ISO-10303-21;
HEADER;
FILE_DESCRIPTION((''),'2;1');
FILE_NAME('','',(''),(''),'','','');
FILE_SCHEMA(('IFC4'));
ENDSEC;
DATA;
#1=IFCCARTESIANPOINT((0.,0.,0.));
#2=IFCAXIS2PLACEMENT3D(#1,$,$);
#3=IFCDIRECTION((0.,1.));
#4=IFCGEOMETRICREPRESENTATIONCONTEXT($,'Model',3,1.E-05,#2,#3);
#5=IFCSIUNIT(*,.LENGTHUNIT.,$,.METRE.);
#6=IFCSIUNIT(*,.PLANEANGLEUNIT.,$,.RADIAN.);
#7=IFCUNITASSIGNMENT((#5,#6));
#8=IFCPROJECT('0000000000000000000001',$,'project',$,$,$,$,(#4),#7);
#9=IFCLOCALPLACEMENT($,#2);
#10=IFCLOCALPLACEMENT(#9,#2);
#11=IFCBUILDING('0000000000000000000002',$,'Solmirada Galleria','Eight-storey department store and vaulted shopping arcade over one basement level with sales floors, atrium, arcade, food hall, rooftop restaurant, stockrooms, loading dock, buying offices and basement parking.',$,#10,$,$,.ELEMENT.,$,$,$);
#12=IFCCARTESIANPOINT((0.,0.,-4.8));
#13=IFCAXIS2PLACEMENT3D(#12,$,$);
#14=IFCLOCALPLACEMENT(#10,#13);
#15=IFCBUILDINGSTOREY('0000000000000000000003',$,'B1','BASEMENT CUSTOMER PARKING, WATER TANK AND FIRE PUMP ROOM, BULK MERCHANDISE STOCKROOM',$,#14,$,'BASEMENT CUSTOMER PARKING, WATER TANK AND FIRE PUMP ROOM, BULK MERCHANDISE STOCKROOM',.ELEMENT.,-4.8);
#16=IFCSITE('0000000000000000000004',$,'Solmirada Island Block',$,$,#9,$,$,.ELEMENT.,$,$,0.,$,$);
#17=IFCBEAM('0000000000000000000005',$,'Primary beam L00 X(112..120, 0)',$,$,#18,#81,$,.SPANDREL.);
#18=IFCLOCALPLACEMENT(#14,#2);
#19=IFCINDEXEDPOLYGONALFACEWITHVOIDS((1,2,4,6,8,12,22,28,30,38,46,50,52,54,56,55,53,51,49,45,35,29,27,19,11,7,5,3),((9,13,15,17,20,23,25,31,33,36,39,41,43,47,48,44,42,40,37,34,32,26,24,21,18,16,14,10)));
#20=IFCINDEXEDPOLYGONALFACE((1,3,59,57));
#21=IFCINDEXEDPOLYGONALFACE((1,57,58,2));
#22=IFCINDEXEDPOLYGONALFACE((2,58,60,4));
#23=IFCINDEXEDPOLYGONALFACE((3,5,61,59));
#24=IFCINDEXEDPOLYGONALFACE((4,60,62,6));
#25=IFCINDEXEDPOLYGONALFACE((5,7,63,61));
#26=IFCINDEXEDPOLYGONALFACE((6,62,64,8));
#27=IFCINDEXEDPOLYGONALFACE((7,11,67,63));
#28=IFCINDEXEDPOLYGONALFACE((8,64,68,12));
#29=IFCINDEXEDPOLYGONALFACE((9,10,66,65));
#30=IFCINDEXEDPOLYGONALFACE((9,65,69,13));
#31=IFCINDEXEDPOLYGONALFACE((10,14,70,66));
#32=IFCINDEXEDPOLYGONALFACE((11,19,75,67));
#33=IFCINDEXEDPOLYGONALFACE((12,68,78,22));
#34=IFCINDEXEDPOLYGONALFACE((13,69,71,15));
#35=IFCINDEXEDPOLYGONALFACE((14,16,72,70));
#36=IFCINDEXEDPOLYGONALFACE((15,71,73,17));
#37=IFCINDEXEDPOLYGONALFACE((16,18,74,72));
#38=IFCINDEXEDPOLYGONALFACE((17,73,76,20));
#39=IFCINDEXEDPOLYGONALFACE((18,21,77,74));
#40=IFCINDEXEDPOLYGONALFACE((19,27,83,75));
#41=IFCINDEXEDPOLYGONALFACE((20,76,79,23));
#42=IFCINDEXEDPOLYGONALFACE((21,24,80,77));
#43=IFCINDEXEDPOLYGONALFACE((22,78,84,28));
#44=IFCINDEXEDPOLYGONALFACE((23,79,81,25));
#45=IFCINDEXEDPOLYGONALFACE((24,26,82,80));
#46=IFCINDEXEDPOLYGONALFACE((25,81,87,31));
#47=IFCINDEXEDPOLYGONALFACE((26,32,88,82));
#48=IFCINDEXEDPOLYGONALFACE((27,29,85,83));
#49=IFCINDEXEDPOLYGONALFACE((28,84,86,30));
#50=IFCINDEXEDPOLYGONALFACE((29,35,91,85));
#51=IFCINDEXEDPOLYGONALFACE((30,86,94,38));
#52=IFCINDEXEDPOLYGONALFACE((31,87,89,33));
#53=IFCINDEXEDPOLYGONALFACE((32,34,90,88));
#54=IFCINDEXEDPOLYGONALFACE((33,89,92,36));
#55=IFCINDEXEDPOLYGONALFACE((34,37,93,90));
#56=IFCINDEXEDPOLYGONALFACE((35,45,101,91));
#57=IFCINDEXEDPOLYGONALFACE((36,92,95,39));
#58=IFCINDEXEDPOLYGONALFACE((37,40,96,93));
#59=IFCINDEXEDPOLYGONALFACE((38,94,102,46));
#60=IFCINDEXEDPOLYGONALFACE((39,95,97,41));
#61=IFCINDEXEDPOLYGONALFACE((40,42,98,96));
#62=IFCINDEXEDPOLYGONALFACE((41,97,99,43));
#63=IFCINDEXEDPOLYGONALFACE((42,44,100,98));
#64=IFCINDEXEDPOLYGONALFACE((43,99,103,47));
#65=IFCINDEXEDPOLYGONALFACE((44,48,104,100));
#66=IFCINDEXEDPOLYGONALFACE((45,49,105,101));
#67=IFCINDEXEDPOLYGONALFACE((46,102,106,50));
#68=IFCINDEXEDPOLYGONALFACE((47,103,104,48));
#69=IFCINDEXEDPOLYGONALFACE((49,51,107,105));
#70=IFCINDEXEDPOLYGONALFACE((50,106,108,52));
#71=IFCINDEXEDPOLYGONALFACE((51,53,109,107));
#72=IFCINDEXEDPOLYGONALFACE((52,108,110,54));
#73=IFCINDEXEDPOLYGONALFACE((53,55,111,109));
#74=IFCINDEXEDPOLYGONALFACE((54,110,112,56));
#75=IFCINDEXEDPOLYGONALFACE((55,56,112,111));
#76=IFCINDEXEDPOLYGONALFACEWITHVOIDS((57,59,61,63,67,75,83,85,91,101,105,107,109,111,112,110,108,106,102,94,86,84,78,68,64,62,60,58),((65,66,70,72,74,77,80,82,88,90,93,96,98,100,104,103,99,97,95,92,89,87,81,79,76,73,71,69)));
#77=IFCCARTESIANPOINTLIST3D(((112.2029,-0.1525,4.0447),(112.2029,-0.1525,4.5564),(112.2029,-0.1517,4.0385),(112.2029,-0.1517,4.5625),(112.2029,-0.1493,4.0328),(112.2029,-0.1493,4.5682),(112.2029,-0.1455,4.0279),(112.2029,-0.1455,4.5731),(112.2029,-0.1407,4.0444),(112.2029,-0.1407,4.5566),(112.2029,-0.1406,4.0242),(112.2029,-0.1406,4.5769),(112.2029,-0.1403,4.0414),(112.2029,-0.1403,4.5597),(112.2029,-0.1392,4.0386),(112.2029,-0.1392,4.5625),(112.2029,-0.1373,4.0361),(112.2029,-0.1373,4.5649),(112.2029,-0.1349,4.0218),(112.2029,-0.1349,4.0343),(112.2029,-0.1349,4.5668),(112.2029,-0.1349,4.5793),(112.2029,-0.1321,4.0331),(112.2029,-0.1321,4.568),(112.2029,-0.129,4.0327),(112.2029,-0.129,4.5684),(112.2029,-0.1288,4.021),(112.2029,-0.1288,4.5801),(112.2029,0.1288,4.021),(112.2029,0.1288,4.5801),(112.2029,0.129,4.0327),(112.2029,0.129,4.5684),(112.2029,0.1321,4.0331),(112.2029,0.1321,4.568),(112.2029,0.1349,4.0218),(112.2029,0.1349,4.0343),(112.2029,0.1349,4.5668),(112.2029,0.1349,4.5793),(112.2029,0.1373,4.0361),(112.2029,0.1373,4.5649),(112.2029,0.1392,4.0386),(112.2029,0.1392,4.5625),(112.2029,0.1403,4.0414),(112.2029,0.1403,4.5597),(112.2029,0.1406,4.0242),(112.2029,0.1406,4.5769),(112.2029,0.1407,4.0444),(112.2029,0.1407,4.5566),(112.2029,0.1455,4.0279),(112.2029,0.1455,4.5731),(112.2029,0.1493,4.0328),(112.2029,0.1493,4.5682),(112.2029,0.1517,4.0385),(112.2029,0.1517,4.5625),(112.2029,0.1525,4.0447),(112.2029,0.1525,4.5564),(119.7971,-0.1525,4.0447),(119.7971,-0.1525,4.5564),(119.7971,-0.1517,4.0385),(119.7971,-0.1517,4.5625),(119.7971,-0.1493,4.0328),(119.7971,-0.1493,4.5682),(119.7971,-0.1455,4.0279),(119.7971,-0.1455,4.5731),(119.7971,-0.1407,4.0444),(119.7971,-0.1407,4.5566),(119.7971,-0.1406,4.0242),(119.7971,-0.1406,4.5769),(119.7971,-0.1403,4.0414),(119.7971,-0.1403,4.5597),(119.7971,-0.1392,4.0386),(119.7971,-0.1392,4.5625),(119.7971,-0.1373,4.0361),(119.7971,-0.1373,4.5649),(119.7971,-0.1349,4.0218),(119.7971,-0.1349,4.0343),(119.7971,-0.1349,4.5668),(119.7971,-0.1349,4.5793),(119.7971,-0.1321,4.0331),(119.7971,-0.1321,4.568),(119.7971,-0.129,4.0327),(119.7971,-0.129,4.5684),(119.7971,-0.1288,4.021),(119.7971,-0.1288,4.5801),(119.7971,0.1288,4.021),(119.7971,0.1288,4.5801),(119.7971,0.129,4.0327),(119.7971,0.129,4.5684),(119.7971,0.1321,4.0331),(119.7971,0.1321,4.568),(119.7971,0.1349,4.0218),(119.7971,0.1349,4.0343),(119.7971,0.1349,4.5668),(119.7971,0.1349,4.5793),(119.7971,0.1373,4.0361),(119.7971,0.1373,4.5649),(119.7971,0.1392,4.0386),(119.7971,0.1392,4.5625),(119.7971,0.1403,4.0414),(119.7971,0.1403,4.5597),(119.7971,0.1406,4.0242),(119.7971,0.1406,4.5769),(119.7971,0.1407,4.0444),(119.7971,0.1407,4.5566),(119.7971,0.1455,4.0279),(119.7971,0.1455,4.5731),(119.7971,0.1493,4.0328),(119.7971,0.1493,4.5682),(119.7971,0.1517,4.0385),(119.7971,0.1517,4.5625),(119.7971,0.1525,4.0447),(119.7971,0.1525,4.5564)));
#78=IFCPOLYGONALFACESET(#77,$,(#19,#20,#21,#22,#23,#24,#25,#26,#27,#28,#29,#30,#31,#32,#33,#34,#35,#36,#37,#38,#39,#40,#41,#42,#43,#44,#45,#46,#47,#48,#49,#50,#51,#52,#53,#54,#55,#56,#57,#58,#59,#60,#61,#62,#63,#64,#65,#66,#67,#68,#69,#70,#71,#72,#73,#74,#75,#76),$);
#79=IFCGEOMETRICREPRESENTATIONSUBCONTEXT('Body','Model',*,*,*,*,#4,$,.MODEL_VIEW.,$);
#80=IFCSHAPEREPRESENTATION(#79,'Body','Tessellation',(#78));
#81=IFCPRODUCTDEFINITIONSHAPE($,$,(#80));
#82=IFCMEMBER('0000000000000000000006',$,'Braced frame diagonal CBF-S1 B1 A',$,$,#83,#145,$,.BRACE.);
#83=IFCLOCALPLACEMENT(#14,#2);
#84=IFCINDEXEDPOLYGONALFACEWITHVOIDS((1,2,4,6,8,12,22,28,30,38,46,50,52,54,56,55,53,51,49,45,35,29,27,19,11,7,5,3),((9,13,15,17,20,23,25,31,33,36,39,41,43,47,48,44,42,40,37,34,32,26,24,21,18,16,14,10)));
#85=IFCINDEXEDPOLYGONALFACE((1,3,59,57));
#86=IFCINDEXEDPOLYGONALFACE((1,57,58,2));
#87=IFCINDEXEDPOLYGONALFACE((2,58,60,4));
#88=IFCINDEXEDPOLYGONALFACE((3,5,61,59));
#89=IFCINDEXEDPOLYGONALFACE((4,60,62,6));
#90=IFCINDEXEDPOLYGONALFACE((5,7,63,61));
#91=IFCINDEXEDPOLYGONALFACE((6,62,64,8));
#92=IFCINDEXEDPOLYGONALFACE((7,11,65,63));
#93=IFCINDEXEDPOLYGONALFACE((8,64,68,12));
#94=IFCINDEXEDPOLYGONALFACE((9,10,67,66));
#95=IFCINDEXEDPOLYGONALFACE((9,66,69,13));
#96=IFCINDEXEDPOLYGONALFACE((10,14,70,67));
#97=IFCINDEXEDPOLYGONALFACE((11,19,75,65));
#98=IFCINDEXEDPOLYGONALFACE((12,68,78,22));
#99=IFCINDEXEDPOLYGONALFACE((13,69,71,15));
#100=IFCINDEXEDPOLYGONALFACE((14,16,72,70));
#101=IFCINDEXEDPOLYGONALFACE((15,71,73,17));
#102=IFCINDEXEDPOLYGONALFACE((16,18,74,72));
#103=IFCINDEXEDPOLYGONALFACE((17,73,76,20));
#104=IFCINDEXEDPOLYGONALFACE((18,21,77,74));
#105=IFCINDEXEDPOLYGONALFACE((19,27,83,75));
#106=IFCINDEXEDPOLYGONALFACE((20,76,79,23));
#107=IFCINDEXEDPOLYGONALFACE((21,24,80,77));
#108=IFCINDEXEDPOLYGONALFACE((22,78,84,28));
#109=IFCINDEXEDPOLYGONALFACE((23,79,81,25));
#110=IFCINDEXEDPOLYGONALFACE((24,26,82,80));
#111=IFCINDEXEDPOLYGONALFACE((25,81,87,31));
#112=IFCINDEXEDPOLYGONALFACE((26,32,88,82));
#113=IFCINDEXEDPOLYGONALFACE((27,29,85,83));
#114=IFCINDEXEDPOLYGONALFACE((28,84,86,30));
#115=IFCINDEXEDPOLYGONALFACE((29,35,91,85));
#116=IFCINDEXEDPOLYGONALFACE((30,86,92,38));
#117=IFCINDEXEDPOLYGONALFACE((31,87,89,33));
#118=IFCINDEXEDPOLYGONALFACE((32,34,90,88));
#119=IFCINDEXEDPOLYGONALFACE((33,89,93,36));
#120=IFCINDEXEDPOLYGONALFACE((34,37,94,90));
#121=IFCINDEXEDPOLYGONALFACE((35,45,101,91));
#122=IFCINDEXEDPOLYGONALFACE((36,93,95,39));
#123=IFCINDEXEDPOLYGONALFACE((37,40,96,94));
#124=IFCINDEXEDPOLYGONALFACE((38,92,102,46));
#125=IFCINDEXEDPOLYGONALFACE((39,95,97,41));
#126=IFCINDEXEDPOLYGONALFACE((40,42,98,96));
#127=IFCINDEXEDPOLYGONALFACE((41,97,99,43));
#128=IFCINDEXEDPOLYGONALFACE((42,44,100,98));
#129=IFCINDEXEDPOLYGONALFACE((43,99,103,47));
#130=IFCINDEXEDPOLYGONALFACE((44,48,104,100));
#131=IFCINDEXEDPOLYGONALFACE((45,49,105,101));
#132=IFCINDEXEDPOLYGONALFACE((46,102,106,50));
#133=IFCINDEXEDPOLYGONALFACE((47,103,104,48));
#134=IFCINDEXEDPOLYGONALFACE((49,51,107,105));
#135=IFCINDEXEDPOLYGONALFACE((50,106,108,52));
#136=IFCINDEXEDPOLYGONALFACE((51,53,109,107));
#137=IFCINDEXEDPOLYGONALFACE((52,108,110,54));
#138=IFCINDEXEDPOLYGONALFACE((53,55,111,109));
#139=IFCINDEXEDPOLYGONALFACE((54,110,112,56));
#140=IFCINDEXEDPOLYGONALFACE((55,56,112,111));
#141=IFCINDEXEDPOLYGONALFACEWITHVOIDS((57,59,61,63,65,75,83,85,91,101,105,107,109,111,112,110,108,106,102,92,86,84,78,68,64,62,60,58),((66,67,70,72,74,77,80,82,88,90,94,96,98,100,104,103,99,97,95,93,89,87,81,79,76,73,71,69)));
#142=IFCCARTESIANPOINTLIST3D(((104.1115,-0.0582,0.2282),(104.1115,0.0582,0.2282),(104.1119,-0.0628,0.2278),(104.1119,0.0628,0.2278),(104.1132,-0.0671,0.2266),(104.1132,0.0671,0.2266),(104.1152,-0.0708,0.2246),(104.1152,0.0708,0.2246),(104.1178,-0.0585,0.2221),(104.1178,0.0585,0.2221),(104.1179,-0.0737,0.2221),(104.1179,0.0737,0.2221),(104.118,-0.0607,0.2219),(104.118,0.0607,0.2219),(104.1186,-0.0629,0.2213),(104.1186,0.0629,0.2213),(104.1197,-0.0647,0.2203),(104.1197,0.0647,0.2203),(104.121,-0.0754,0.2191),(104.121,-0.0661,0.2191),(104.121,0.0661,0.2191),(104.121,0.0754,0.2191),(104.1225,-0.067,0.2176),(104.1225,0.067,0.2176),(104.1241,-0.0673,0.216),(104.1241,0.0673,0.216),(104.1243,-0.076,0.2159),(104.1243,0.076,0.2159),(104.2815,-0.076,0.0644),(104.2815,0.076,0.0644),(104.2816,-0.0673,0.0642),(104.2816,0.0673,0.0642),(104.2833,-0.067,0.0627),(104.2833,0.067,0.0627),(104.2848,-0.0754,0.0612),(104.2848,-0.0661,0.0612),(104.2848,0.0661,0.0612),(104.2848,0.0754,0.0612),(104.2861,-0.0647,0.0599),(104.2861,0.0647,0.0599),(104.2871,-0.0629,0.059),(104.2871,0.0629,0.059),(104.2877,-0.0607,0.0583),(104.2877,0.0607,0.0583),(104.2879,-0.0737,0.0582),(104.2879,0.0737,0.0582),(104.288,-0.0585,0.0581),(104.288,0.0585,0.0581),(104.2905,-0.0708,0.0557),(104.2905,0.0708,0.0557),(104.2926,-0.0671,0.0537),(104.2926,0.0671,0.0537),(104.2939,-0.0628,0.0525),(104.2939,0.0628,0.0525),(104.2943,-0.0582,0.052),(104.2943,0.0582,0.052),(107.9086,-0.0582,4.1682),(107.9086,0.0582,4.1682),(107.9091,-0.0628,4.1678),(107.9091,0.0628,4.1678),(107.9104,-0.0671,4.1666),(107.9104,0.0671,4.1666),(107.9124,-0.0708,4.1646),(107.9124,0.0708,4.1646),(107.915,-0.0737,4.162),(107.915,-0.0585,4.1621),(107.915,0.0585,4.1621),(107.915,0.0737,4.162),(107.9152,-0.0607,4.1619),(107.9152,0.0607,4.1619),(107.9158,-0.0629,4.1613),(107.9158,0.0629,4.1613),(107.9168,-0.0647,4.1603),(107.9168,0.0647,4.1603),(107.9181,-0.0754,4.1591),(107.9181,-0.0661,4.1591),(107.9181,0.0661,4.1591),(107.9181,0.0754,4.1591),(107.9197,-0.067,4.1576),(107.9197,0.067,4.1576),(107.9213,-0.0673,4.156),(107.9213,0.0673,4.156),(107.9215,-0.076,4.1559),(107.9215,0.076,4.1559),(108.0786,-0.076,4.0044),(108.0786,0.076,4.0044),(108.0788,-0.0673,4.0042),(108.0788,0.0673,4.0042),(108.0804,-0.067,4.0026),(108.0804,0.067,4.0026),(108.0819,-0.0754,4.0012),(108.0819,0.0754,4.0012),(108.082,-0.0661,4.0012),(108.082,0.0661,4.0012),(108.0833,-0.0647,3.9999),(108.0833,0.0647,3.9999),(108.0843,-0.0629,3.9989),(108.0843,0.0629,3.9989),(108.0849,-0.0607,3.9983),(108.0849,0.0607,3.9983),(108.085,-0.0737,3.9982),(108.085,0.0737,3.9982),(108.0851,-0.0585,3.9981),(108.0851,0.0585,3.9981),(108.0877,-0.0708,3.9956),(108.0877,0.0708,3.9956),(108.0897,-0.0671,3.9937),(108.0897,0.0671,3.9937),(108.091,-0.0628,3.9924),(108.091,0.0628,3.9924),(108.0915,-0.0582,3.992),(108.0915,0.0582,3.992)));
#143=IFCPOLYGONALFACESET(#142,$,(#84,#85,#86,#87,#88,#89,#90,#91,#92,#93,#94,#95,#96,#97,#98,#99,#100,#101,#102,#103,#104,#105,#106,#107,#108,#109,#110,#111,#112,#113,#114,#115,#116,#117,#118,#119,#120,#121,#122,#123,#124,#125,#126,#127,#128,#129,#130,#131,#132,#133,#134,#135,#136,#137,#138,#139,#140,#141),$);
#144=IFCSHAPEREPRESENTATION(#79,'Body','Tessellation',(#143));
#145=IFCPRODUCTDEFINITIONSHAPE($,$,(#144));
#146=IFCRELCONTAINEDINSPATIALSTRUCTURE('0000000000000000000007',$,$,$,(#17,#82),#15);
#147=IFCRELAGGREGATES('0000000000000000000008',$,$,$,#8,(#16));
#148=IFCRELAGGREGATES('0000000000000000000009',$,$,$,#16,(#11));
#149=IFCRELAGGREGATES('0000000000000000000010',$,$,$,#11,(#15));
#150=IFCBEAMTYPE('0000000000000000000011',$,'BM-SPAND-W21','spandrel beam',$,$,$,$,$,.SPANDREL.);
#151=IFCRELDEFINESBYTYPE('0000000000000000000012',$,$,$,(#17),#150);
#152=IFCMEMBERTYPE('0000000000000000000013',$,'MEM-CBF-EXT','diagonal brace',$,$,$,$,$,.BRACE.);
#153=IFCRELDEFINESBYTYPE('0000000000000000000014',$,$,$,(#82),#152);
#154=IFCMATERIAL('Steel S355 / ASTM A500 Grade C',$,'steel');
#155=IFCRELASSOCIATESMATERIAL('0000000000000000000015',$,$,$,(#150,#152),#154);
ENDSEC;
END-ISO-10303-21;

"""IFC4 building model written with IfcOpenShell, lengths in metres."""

from ifc_helpers import new_model, si_unit, direction, frame, origin, origin_2d, place, context, subcontext, project, spatial, hollow_rectangle, extrude, material, material_profile, profile_set, type_object, element, save


model = new_model("IFC4")

# Units and contexts
model_context = context("Model", 3, precision=1e-05, world=origin(), true_north=direction((0.0, 1.0)))
body_context = subcontext(model_context, "Body", "Model", "MODEL_VIEW")
ifc_project = project(units=[si_unit("LENGTHUNIT", "METRE"), si_unit("PLANEANGLEUNIT", "RADIAN")], contexts=[model_context])

# Site, building, storey
site_placement = place(None, origin())
site = spatial("IfcSite", under=ifc_project, at=site_placement, Name="Solmirada Island Block", CompositionType="ELEMENT", RefElevation=0.0)
building_placement = place(site_placement, origin())
building = spatial("IfcBuilding", under=site, at=building_placement, Name="Solmirada Galleria", Description="Eight-storey department store and vaulted shopping arcade over one basement level with sales floors, atrium, arcade, food hall, rooftop restaurant, stockrooms, loading dock, buying offices and basement parking.", CompositionType="ELEMENT")
storey_placement = place(building_placement, frame((0.0, 0.0, -4.8)))
storey = spatial("IfcBuildingStorey", under=building, at=storey_placement, Name="B1", Description="BASEMENT CUSTOMER PARKING, WATER TANK AND FIRE PUMP ROOM, BULK MERCHANDISE STOCKROOM", LongName="BASEMENT CUSTOMER PARKING, WATER TANK AND FIRE PUMP ROOM, BULK MERCHANDISE STOCKROOM", CompositionType="ELEMENT", Elevation=-4.8)

# Shared definitions
ifc_material_1 = material(Name="Steel S355 / ASTM A500 Grade C", Category="steel")

# Beam
ifc_material_profile_1 = material_profile(ifc_material_1, hollow_rectangle(XDim=0.3049, YDim=0.5591, WallThickness=0.0117, InnerFilletRadius=0.0117, OuterFilletRadius=0.0237, at=origin_2d()), Name="HSS22X12X1/2")
ifc_profile_set_1 = profile_set([ifc_material_profile_1], Name="Steel S355 / ASTM A500 Grade C")
beam_type_1 = type_object("IfcBeamType", Name="BM-SPAND-W21", Description="spandrel beam", PredefinedType="SPANDREL", material=ifc_profile_set_1)
for number, where, z_axis, x_axis, name in (
    (1, (112.2029, 0.0, 4.3005), (1.0, 0.0, 0.0), (0.0, 1.0, 0.0), "Primary beam L00 X(112..120, 0)"),
):
    element("IfcBeam", number, at=place(storey_placement, frame(where, z_axis=z_axis, x_axis=x_axis)), inside=storey, type_object=beam_type_1, Name=name, PredefinedType="SPANDREL", context=body_context, shape_type="SweptSolid", body=[
        extrude(hollow_rectangle(XDim=0.3049, YDim=0.5591, WallThickness=0.0117, InnerFilletRadius=0.0117, OuterFilletRadius=0.0237, at=origin_2d()), origin(), (0.0, 0.0, 1.0), 7.5942),
    ])

# Member
ifc_material_profile_2 = material_profile(ifc_material_1, hollow_rectangle(XDim=0.1521, YDim=0.2539, WallThickness=0.0088, InnerFilletRadius=0.0088, OuterFilletRadius=0.0178, at=origin_2d()), Name="HSS10X6X3/8")
ifc_profile_set_2 = profile_set([ifc_material_profile_2], Name="Steel S355 / ASTM A500 Grade C")
member_type = type_object("IfcMemberType", Name="MEM-CBF-EXT", Description="diagonal brace", PredefinedType="BRACE", material=ifc_profile_set_2)
for number, where, z_axis, x_axis, name in (
    (2, (104.2029, 0.0, 0.1401), (0.693936, 0.0, 0.720037), (0.0, 1.0, 0.0), "Braced frame diagonal CBF-S1 B1 A"),
):
    element("IfcMember", number, at=place(storey_placement, frame(where, z_axis=z_axis, x_axis=x_axis)), inside=storey, type_object=member_type, Name=name, PredefinedType="BRACE", context=body_context, shape_type="SweptSolid", body=[
        extrude(hollow_rectangle(XDim=0.1521, YDim=0.2539, WallThickness=0.0088, InnerFilletRadius=0.0088, OuterFilletRadius=0.0178, at=origin_2d()), origin(), (0.0, 0.0, 1.0), 5.4719),
    ])

save(model, "model.ifc")
